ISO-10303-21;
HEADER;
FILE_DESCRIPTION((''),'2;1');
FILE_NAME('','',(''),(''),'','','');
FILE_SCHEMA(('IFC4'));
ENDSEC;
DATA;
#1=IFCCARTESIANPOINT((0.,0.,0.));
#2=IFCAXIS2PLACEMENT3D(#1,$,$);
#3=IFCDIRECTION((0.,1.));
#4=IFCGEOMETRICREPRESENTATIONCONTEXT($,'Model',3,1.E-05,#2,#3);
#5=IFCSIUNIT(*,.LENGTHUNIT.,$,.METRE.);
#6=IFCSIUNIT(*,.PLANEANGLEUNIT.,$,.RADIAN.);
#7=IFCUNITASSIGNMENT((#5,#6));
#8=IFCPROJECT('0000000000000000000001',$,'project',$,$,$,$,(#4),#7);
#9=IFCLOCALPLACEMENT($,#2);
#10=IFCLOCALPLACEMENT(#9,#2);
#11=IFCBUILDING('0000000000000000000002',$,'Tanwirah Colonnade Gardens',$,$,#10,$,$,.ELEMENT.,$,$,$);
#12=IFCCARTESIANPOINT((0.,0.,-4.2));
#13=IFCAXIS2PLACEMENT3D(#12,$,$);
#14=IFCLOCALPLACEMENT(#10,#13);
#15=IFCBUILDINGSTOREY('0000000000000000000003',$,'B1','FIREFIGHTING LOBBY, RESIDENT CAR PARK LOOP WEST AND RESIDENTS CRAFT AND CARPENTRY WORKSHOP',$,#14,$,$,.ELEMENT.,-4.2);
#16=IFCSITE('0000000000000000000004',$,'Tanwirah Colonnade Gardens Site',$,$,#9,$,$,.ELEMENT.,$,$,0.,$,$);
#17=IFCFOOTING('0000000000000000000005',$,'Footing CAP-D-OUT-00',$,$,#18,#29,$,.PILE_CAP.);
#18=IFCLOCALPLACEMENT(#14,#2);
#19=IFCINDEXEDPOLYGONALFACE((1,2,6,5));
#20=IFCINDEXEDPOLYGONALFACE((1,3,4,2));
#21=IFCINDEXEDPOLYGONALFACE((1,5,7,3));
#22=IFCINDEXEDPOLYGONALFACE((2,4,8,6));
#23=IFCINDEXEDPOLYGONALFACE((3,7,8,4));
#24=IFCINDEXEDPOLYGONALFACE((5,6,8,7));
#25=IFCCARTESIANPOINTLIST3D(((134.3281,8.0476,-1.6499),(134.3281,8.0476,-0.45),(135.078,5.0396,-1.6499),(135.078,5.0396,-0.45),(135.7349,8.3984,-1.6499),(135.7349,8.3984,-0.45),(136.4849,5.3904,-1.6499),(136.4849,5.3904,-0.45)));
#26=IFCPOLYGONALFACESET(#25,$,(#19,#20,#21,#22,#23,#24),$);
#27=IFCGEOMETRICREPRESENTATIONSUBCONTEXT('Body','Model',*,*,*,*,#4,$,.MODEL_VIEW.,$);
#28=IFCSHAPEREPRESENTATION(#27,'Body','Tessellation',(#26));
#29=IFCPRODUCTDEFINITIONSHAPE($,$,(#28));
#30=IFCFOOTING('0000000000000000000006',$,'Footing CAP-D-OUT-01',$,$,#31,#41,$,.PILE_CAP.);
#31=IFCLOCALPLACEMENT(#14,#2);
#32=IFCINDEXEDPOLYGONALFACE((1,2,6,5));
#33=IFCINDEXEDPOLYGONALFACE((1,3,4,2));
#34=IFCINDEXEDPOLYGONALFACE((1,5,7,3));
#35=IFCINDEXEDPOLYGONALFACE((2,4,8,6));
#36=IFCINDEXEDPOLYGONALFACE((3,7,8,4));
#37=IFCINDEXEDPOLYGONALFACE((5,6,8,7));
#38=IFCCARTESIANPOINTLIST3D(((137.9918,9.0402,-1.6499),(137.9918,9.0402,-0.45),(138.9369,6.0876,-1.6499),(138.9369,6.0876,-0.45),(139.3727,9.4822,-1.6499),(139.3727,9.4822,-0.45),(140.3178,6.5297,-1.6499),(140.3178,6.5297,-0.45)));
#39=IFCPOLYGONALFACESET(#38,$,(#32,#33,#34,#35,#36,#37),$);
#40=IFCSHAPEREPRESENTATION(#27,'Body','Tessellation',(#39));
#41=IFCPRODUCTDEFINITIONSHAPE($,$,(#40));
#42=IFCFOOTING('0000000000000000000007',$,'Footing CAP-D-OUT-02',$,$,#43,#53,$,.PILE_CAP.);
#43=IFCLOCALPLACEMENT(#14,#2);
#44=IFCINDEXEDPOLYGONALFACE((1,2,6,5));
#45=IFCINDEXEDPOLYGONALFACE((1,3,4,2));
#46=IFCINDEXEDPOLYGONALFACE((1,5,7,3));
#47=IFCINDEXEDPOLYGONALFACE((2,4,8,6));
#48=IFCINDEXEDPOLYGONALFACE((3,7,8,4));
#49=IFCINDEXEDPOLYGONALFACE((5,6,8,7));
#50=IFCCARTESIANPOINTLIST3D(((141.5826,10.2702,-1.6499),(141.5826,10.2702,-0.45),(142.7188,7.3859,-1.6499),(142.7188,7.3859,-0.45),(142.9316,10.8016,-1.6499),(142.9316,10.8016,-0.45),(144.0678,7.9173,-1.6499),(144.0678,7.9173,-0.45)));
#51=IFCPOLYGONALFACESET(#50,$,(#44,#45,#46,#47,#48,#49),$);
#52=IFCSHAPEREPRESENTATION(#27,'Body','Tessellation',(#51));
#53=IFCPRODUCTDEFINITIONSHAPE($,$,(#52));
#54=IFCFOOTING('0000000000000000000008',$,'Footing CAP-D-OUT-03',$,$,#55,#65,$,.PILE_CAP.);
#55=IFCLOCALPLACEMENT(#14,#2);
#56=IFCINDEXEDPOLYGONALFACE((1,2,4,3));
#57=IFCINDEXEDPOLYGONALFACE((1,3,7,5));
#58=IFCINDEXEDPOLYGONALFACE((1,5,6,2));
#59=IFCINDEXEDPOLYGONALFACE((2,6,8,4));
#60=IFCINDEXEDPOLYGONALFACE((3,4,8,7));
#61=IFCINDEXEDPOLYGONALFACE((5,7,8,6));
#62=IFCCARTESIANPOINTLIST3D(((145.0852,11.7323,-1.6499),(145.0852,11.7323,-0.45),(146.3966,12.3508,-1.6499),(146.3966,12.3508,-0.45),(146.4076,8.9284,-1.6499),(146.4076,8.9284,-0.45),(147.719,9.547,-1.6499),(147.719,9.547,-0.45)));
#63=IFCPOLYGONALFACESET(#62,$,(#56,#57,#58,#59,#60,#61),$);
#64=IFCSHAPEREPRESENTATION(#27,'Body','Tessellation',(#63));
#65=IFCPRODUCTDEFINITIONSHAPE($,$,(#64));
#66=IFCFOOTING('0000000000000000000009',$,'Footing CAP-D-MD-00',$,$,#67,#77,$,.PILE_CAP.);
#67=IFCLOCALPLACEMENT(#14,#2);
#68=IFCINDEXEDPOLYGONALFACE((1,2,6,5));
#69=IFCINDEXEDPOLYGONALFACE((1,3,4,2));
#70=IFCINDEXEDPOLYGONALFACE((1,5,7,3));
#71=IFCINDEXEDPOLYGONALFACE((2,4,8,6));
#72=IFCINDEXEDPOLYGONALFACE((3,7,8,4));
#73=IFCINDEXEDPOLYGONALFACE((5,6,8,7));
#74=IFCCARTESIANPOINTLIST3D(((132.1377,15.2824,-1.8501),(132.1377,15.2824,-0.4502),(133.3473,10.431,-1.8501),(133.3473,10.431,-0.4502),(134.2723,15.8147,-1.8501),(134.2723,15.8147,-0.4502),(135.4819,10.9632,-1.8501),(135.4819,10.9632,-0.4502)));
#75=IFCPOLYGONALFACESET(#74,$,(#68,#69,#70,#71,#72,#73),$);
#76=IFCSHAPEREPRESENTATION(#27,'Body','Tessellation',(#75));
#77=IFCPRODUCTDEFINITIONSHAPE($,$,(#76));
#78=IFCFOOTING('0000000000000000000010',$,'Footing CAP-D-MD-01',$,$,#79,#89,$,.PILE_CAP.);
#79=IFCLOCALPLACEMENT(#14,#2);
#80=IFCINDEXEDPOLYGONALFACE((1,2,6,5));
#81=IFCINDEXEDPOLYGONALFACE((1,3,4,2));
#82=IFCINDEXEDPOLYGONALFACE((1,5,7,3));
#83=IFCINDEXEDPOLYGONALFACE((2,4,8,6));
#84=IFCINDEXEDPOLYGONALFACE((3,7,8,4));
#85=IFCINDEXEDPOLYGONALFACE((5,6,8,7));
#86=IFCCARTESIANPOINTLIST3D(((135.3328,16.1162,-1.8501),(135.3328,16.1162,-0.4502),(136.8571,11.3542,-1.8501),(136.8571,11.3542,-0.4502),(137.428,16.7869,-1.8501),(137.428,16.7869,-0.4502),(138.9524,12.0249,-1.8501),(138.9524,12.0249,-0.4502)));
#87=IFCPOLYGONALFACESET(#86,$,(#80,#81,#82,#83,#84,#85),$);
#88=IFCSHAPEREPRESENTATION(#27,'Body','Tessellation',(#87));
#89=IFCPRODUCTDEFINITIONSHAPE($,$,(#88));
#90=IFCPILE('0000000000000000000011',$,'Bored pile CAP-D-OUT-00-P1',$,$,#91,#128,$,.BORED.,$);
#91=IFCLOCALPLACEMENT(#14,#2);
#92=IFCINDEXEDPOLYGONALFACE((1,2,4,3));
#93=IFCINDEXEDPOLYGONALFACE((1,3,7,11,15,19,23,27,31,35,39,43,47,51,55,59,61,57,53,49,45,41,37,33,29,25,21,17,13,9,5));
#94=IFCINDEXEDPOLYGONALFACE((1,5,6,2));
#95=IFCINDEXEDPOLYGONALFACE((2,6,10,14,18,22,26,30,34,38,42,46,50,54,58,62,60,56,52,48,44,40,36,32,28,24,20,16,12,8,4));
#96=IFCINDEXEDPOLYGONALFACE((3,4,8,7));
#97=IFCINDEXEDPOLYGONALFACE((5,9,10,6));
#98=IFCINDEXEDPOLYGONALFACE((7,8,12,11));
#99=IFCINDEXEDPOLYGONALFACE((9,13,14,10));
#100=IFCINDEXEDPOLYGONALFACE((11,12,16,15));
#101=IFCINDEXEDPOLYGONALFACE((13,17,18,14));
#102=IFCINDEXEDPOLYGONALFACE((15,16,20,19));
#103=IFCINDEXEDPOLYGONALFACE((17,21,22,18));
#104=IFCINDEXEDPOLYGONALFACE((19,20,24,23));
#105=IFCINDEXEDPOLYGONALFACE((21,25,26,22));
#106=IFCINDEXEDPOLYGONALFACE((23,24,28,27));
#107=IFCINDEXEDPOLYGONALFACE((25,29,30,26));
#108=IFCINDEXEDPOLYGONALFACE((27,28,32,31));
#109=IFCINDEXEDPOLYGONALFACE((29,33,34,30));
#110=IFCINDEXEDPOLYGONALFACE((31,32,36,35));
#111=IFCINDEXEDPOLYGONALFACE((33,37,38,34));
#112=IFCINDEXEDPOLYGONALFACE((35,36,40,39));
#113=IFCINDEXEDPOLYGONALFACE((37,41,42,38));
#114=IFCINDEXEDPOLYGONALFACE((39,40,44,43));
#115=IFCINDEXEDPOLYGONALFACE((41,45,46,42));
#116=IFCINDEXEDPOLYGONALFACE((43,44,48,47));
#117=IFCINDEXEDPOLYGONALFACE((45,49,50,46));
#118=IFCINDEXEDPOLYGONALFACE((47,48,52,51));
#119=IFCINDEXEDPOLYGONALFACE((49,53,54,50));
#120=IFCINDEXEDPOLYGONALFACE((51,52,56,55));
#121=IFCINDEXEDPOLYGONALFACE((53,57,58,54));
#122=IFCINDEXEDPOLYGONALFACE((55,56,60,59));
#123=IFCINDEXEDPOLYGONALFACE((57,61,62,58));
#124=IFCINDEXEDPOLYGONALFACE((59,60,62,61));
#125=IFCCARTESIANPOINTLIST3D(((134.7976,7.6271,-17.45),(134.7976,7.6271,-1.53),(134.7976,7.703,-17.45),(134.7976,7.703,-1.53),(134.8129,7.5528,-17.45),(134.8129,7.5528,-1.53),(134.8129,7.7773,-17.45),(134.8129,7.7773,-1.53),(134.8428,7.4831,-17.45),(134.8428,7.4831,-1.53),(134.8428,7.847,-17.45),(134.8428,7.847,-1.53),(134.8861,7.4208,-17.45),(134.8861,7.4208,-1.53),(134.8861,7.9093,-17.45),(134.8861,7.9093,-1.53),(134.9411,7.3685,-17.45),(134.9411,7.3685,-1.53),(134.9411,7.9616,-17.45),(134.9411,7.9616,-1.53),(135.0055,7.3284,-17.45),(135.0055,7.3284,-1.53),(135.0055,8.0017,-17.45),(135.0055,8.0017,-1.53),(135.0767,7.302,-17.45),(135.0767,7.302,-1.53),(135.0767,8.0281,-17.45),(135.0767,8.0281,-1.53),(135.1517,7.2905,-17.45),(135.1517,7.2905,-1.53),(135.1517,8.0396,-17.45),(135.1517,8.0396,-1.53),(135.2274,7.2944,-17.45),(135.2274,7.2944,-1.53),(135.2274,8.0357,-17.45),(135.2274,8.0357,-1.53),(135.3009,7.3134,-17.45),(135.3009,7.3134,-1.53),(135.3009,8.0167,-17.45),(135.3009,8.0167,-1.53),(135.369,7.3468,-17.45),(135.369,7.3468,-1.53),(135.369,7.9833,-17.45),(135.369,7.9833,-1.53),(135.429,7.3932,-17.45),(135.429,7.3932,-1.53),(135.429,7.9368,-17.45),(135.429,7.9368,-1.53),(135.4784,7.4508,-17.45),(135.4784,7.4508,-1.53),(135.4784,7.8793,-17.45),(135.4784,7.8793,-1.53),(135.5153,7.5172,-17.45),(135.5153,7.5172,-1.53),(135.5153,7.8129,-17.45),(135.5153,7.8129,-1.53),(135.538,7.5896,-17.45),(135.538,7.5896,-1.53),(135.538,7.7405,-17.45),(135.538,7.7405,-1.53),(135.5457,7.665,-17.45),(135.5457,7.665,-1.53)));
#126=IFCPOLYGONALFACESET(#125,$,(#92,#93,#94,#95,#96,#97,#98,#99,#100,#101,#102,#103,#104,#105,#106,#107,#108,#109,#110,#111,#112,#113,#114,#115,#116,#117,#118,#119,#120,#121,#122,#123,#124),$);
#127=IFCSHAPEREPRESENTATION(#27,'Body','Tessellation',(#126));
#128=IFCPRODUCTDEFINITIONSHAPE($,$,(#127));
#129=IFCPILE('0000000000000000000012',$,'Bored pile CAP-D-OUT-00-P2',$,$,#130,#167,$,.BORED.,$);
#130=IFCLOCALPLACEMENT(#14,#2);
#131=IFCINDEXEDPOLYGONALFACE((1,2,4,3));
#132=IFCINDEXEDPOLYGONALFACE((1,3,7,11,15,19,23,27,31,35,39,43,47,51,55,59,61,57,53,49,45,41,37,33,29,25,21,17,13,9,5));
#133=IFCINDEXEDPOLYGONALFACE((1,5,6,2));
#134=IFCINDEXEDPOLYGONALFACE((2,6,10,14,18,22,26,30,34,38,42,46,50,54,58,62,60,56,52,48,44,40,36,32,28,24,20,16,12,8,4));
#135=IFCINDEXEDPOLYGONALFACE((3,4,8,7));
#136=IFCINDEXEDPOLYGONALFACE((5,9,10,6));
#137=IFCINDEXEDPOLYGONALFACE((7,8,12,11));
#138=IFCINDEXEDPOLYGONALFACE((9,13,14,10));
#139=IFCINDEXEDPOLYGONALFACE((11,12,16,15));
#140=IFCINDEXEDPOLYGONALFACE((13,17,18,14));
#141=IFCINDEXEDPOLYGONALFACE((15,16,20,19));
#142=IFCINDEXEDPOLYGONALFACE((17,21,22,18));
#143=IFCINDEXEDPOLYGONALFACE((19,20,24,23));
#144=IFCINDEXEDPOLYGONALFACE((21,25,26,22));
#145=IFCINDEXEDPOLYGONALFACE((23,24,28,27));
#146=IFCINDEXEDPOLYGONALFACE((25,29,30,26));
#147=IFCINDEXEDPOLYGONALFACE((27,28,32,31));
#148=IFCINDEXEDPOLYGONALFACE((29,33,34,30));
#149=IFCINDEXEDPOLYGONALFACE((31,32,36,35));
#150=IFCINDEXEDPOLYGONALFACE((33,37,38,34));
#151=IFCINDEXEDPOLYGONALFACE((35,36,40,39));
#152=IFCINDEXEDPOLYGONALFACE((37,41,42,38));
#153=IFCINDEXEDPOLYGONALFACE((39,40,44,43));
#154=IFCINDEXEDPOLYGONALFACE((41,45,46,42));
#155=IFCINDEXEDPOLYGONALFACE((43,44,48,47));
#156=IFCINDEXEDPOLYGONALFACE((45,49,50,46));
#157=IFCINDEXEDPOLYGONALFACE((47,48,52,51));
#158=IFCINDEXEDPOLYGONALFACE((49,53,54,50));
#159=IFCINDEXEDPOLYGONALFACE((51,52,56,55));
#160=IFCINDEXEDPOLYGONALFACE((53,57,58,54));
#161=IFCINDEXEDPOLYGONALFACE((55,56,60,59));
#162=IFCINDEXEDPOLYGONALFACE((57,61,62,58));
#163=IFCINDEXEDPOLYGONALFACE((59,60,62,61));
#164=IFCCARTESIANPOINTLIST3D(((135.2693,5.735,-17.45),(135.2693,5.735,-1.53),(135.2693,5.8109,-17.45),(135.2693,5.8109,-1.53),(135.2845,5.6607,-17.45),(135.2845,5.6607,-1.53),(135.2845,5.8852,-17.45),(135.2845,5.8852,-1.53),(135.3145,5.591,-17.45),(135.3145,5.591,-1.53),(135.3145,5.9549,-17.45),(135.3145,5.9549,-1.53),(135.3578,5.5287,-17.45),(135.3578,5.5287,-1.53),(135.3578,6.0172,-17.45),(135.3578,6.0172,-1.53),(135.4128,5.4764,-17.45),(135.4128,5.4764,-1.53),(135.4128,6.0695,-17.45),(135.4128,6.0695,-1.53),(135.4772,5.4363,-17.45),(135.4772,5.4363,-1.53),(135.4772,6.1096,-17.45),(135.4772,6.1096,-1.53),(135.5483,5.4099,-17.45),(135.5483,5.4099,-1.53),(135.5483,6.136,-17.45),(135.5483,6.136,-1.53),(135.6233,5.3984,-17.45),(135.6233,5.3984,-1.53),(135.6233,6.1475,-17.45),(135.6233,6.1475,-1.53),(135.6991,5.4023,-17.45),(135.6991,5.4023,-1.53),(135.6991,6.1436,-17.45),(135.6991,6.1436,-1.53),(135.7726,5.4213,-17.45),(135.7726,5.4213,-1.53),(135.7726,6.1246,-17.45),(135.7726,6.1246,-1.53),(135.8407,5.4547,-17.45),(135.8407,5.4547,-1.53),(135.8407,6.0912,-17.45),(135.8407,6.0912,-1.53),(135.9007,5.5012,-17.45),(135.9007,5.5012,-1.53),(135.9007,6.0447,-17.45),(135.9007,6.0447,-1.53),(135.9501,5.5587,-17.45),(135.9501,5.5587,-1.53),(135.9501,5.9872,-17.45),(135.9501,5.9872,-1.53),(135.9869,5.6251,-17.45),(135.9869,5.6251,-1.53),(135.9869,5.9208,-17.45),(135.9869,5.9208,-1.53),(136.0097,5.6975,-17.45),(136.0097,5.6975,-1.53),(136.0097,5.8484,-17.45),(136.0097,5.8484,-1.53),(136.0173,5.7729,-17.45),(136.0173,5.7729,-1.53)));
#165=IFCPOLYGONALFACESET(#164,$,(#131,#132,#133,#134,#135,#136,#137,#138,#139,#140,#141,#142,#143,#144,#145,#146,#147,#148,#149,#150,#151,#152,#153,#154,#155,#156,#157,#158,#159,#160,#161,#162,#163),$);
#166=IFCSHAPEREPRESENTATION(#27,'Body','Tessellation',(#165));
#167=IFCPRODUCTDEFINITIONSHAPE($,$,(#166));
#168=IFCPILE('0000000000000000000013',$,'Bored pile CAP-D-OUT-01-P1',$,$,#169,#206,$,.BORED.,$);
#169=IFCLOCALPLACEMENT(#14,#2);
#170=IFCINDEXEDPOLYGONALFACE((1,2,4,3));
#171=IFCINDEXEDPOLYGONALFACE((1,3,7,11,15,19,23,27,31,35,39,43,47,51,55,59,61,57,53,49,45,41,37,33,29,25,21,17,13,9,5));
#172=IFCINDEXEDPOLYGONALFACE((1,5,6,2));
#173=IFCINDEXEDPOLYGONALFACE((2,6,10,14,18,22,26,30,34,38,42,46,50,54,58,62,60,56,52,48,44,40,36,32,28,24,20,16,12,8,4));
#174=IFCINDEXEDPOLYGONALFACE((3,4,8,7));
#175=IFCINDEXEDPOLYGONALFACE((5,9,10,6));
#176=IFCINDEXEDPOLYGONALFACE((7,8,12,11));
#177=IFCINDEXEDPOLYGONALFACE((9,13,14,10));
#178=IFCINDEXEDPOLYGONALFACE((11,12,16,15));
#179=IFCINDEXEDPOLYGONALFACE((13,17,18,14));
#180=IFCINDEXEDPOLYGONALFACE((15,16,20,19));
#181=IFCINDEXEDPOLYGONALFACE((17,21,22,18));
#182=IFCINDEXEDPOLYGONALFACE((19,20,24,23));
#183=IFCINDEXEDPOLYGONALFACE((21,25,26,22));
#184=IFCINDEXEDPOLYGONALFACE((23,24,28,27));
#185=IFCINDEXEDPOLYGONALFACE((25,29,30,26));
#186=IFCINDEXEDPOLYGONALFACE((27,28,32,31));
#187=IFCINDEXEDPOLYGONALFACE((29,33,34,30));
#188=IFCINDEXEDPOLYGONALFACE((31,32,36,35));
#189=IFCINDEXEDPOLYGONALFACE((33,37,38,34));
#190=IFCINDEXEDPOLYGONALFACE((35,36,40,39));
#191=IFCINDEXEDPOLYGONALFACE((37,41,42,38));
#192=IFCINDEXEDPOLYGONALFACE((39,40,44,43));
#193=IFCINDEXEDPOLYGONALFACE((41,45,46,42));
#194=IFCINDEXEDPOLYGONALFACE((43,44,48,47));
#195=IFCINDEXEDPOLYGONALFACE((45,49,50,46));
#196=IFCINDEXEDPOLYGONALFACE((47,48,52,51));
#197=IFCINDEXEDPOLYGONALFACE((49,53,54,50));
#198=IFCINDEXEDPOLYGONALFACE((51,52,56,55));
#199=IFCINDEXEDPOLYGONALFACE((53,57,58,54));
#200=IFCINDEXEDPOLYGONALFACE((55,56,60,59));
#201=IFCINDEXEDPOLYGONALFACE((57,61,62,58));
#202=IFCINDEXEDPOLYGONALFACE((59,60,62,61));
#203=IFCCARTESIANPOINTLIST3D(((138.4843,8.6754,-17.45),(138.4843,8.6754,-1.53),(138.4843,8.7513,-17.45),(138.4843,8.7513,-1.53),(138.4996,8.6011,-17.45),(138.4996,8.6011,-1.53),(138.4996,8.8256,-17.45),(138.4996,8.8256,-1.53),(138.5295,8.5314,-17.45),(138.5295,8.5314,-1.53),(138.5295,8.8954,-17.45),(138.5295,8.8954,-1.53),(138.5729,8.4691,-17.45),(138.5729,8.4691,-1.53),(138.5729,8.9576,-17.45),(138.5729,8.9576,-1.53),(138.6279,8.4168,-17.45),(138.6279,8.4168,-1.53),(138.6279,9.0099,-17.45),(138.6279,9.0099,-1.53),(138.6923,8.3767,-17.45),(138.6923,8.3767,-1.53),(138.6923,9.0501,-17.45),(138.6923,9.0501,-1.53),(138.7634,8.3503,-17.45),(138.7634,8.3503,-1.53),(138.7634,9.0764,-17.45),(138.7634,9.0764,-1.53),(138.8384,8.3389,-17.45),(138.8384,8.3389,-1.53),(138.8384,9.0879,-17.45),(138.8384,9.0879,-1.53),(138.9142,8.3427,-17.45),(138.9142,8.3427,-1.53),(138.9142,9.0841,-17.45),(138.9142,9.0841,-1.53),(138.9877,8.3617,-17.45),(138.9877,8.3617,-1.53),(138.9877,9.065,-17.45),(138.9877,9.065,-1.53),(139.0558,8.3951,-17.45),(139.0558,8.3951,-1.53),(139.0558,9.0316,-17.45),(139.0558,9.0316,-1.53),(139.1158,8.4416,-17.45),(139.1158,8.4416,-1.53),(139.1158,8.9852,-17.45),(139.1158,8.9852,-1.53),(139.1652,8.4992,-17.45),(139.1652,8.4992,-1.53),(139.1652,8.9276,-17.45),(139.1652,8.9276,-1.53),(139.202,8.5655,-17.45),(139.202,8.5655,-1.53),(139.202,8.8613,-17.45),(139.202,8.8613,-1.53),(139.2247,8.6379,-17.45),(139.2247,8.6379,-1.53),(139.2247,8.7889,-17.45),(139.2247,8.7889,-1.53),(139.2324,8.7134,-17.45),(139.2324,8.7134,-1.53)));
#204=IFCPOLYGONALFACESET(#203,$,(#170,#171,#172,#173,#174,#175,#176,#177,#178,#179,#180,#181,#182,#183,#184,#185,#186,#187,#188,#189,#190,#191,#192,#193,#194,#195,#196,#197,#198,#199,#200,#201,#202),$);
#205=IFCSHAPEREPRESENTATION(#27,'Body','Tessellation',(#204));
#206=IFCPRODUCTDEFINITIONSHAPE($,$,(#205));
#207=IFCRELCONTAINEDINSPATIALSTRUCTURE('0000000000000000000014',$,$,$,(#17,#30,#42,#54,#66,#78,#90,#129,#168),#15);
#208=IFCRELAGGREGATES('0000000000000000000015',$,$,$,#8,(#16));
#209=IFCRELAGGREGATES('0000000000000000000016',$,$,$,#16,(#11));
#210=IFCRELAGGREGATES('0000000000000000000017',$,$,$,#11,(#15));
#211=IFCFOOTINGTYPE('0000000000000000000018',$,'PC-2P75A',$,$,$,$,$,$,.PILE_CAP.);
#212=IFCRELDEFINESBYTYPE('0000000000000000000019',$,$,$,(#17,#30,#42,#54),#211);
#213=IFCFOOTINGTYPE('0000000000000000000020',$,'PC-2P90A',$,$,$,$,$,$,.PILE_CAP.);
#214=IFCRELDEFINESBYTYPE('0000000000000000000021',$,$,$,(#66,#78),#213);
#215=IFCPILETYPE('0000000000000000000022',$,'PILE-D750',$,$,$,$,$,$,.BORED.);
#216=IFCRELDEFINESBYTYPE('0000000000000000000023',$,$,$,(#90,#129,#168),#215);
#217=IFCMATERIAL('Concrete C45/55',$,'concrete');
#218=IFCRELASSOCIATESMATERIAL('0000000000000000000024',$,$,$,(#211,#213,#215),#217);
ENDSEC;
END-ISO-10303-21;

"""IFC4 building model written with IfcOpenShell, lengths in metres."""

from ifc_helpers import new_model, si_unit, direction, frame, origin, origin_2d, place, context, subcontext, project, spatial, rectangle, circle, extrude, material, material_profile, profile_set, type_object, element, save


model = new_model("IFC4")

# Units and contexts
model_context = context("Model", 3, precision=1e-05, world=origin(), true_north=direction((0.0, 1.0)))
body_context = subcontext(model_context, "Body", "Model", "MODEL_VIEW")
ifc_project = project(units=[si_unit("LENGTHUNIT", "METRE"), si_unit("PLANEANGLEUNIT", "RADIAN")], contexts=[model_context])

# Site, building, storey
site_placement = place(None, origin())
site = spatial("IfcSite", under=ifc_project, at=site_placement, Name="Tanwirah Colonnade Gardens Site", CompositionType="ELEMENT", RefElevation=0.0)
building_placement = place(site_placement, origin())
building = spatial("IfcBuilding", under=site, at=building_placement, Name="Tanwirah Colonnade Gardens", CompositionType="ELEMENT")
storey_placement = place(building_placement, frame((0.0, 0.0, -4.2)))
storey = spatial("IfcBuildingStorey", under=building, at=storey_placement, Name="B1", Description="FIREFIGHTING LOBBY, RESIDENT CAR PARK LOOP WEST AND RESIDENTS CRAFT AND CARPENTRY WORKSHOP", CompositionType="ELEMENT", Elevation=-4.2)

# Footings
ifc_material_1 = material(Name="Concrete C45/55", Category="concrete")
footing_type_1 = type_object("IfcFootingType", Name="PC-2P75A", PredefinedType="PILE_CAP", material=ifc_material_1)
for number, where, z_axis, x_axis, name in (
    (1, (135.4065, 6.719, -1.6499), (0.0, 0.0, 1.0), (0.241922, -0.970296, 0.0), "Footing CAP-D-OUT-00"),
    (2, (139.1548, 7.7849, -1.6499), (0.0, 0.0, 1.0), (0.304864, -0.952396, 0.0), "Footing CAP-D-OUT-01"),
    (3, (142.8252, 9.0938, -1.6499), (0.0, 0.0, 1.0), (0.366501, -0.930418, 0.0), "Footing CAP-D-OUT-02"),
    (4, (146.4021, 10.6396, -1.6499), (0.0, 0.0, 1.0), (0.426569, -0.904455, 0.0), "Footing CAP-D-OUT-03"),
):
    element("IfcFooting", number, at=place(storey_placement, frame(where, z_axis=z_axis, x_axis=x_axis)), inside=storey, type_object=footing_type_1, Name=name, PredefinedType="PILE_CAP", context=body_context, shape_type="SweptSolid", body=[
        extrude(rectangle(XDim=3.1001, YDim=1.45, at=origin_2d()), origin(), (0.0, 0.0, 1.0), 1.2),
    ])
footing_type_2 = type_object("IfcFootingType", Name="PC-2P90A", PredefinedType="PILE_CAP", material=ifc_material_1)
for number, where, z_axis, x_axis, name in (
    (5, (133.8098, 13.1228, -1.8501), (0.0, 0.0, 1.0), (0.241922, -0.970296, 0.0), "Footing CAP-D-MD-00"),
    (6, (137.1426, 14.0706, -1.8501), (0.0, 0.0, 1.0), (0.304864, -0.952396, 0.0), "Footing CAP-D-MD-01"),
):
    element("IfcFooting", number, at=place(storey_placement, frame(where, z_axis=z_axis, x_axis=x_axis)), inside=storey, type_object=footing_type_2, Name=name, PredefinedType="PILE_CAP", context=body_context, shape_type="SweptSolid", body=[
        extrude(rectangle(XDim=5.0, YDim=2.2, at=origin_2d()), origin(), (0.0, 0.0, 1.0), 1.3999),
    ])

# Piles
ifc_material_profile_1 = material_profile(ifc_material_1, circle(Radius=0.375, at=origin_2d()), Name="PILE D750")
ifc_profile_set_1 = profile_set([ifc_material_profile_1], Name="Concrete C45/55")
pile_type_1 = type_object("IfcPileType", Name="PILE-D750", PredefinedType="BORED", material=ifc_profile_set_1)
for number, where, z_axis, x_axis, name in (
    (7, (135.1707, 7.665, -1.53), (0.0, 0.0, -1.0), (1.0, 0.0, 0.0), "Bored pile CAP-D-OUT-00-P1"),
    (8, (135.6423, 5.7729, -1.53), (0.0, 0.0, -1.0), (1.0, 0.0, 0.0), "Bored pile CAP-D-OUT-00-P2"),
    (9, (138.8574, 8.7134, -1.53), (0.0, 0.0, -1.0), (1.0, 0.0, 0.0), "Bored pile CAP-D-OUT-01-P1"),
):
    element("IfcPile", number, at=place(storey_placement, frame(where, z_axis=z_axis, x_axis=x_axis)), inside=storey, type_object=pile_type_1, Name=name, PredefinedType="BORED", context=body_context, shape_type="SweptSolid", body=[
        extrude(circle(Radius=0.375, at=origin_2d()), origin(), (0.0, 0.0, 1.0), 15.9199),
    ])

save(model, "model.ifc")
